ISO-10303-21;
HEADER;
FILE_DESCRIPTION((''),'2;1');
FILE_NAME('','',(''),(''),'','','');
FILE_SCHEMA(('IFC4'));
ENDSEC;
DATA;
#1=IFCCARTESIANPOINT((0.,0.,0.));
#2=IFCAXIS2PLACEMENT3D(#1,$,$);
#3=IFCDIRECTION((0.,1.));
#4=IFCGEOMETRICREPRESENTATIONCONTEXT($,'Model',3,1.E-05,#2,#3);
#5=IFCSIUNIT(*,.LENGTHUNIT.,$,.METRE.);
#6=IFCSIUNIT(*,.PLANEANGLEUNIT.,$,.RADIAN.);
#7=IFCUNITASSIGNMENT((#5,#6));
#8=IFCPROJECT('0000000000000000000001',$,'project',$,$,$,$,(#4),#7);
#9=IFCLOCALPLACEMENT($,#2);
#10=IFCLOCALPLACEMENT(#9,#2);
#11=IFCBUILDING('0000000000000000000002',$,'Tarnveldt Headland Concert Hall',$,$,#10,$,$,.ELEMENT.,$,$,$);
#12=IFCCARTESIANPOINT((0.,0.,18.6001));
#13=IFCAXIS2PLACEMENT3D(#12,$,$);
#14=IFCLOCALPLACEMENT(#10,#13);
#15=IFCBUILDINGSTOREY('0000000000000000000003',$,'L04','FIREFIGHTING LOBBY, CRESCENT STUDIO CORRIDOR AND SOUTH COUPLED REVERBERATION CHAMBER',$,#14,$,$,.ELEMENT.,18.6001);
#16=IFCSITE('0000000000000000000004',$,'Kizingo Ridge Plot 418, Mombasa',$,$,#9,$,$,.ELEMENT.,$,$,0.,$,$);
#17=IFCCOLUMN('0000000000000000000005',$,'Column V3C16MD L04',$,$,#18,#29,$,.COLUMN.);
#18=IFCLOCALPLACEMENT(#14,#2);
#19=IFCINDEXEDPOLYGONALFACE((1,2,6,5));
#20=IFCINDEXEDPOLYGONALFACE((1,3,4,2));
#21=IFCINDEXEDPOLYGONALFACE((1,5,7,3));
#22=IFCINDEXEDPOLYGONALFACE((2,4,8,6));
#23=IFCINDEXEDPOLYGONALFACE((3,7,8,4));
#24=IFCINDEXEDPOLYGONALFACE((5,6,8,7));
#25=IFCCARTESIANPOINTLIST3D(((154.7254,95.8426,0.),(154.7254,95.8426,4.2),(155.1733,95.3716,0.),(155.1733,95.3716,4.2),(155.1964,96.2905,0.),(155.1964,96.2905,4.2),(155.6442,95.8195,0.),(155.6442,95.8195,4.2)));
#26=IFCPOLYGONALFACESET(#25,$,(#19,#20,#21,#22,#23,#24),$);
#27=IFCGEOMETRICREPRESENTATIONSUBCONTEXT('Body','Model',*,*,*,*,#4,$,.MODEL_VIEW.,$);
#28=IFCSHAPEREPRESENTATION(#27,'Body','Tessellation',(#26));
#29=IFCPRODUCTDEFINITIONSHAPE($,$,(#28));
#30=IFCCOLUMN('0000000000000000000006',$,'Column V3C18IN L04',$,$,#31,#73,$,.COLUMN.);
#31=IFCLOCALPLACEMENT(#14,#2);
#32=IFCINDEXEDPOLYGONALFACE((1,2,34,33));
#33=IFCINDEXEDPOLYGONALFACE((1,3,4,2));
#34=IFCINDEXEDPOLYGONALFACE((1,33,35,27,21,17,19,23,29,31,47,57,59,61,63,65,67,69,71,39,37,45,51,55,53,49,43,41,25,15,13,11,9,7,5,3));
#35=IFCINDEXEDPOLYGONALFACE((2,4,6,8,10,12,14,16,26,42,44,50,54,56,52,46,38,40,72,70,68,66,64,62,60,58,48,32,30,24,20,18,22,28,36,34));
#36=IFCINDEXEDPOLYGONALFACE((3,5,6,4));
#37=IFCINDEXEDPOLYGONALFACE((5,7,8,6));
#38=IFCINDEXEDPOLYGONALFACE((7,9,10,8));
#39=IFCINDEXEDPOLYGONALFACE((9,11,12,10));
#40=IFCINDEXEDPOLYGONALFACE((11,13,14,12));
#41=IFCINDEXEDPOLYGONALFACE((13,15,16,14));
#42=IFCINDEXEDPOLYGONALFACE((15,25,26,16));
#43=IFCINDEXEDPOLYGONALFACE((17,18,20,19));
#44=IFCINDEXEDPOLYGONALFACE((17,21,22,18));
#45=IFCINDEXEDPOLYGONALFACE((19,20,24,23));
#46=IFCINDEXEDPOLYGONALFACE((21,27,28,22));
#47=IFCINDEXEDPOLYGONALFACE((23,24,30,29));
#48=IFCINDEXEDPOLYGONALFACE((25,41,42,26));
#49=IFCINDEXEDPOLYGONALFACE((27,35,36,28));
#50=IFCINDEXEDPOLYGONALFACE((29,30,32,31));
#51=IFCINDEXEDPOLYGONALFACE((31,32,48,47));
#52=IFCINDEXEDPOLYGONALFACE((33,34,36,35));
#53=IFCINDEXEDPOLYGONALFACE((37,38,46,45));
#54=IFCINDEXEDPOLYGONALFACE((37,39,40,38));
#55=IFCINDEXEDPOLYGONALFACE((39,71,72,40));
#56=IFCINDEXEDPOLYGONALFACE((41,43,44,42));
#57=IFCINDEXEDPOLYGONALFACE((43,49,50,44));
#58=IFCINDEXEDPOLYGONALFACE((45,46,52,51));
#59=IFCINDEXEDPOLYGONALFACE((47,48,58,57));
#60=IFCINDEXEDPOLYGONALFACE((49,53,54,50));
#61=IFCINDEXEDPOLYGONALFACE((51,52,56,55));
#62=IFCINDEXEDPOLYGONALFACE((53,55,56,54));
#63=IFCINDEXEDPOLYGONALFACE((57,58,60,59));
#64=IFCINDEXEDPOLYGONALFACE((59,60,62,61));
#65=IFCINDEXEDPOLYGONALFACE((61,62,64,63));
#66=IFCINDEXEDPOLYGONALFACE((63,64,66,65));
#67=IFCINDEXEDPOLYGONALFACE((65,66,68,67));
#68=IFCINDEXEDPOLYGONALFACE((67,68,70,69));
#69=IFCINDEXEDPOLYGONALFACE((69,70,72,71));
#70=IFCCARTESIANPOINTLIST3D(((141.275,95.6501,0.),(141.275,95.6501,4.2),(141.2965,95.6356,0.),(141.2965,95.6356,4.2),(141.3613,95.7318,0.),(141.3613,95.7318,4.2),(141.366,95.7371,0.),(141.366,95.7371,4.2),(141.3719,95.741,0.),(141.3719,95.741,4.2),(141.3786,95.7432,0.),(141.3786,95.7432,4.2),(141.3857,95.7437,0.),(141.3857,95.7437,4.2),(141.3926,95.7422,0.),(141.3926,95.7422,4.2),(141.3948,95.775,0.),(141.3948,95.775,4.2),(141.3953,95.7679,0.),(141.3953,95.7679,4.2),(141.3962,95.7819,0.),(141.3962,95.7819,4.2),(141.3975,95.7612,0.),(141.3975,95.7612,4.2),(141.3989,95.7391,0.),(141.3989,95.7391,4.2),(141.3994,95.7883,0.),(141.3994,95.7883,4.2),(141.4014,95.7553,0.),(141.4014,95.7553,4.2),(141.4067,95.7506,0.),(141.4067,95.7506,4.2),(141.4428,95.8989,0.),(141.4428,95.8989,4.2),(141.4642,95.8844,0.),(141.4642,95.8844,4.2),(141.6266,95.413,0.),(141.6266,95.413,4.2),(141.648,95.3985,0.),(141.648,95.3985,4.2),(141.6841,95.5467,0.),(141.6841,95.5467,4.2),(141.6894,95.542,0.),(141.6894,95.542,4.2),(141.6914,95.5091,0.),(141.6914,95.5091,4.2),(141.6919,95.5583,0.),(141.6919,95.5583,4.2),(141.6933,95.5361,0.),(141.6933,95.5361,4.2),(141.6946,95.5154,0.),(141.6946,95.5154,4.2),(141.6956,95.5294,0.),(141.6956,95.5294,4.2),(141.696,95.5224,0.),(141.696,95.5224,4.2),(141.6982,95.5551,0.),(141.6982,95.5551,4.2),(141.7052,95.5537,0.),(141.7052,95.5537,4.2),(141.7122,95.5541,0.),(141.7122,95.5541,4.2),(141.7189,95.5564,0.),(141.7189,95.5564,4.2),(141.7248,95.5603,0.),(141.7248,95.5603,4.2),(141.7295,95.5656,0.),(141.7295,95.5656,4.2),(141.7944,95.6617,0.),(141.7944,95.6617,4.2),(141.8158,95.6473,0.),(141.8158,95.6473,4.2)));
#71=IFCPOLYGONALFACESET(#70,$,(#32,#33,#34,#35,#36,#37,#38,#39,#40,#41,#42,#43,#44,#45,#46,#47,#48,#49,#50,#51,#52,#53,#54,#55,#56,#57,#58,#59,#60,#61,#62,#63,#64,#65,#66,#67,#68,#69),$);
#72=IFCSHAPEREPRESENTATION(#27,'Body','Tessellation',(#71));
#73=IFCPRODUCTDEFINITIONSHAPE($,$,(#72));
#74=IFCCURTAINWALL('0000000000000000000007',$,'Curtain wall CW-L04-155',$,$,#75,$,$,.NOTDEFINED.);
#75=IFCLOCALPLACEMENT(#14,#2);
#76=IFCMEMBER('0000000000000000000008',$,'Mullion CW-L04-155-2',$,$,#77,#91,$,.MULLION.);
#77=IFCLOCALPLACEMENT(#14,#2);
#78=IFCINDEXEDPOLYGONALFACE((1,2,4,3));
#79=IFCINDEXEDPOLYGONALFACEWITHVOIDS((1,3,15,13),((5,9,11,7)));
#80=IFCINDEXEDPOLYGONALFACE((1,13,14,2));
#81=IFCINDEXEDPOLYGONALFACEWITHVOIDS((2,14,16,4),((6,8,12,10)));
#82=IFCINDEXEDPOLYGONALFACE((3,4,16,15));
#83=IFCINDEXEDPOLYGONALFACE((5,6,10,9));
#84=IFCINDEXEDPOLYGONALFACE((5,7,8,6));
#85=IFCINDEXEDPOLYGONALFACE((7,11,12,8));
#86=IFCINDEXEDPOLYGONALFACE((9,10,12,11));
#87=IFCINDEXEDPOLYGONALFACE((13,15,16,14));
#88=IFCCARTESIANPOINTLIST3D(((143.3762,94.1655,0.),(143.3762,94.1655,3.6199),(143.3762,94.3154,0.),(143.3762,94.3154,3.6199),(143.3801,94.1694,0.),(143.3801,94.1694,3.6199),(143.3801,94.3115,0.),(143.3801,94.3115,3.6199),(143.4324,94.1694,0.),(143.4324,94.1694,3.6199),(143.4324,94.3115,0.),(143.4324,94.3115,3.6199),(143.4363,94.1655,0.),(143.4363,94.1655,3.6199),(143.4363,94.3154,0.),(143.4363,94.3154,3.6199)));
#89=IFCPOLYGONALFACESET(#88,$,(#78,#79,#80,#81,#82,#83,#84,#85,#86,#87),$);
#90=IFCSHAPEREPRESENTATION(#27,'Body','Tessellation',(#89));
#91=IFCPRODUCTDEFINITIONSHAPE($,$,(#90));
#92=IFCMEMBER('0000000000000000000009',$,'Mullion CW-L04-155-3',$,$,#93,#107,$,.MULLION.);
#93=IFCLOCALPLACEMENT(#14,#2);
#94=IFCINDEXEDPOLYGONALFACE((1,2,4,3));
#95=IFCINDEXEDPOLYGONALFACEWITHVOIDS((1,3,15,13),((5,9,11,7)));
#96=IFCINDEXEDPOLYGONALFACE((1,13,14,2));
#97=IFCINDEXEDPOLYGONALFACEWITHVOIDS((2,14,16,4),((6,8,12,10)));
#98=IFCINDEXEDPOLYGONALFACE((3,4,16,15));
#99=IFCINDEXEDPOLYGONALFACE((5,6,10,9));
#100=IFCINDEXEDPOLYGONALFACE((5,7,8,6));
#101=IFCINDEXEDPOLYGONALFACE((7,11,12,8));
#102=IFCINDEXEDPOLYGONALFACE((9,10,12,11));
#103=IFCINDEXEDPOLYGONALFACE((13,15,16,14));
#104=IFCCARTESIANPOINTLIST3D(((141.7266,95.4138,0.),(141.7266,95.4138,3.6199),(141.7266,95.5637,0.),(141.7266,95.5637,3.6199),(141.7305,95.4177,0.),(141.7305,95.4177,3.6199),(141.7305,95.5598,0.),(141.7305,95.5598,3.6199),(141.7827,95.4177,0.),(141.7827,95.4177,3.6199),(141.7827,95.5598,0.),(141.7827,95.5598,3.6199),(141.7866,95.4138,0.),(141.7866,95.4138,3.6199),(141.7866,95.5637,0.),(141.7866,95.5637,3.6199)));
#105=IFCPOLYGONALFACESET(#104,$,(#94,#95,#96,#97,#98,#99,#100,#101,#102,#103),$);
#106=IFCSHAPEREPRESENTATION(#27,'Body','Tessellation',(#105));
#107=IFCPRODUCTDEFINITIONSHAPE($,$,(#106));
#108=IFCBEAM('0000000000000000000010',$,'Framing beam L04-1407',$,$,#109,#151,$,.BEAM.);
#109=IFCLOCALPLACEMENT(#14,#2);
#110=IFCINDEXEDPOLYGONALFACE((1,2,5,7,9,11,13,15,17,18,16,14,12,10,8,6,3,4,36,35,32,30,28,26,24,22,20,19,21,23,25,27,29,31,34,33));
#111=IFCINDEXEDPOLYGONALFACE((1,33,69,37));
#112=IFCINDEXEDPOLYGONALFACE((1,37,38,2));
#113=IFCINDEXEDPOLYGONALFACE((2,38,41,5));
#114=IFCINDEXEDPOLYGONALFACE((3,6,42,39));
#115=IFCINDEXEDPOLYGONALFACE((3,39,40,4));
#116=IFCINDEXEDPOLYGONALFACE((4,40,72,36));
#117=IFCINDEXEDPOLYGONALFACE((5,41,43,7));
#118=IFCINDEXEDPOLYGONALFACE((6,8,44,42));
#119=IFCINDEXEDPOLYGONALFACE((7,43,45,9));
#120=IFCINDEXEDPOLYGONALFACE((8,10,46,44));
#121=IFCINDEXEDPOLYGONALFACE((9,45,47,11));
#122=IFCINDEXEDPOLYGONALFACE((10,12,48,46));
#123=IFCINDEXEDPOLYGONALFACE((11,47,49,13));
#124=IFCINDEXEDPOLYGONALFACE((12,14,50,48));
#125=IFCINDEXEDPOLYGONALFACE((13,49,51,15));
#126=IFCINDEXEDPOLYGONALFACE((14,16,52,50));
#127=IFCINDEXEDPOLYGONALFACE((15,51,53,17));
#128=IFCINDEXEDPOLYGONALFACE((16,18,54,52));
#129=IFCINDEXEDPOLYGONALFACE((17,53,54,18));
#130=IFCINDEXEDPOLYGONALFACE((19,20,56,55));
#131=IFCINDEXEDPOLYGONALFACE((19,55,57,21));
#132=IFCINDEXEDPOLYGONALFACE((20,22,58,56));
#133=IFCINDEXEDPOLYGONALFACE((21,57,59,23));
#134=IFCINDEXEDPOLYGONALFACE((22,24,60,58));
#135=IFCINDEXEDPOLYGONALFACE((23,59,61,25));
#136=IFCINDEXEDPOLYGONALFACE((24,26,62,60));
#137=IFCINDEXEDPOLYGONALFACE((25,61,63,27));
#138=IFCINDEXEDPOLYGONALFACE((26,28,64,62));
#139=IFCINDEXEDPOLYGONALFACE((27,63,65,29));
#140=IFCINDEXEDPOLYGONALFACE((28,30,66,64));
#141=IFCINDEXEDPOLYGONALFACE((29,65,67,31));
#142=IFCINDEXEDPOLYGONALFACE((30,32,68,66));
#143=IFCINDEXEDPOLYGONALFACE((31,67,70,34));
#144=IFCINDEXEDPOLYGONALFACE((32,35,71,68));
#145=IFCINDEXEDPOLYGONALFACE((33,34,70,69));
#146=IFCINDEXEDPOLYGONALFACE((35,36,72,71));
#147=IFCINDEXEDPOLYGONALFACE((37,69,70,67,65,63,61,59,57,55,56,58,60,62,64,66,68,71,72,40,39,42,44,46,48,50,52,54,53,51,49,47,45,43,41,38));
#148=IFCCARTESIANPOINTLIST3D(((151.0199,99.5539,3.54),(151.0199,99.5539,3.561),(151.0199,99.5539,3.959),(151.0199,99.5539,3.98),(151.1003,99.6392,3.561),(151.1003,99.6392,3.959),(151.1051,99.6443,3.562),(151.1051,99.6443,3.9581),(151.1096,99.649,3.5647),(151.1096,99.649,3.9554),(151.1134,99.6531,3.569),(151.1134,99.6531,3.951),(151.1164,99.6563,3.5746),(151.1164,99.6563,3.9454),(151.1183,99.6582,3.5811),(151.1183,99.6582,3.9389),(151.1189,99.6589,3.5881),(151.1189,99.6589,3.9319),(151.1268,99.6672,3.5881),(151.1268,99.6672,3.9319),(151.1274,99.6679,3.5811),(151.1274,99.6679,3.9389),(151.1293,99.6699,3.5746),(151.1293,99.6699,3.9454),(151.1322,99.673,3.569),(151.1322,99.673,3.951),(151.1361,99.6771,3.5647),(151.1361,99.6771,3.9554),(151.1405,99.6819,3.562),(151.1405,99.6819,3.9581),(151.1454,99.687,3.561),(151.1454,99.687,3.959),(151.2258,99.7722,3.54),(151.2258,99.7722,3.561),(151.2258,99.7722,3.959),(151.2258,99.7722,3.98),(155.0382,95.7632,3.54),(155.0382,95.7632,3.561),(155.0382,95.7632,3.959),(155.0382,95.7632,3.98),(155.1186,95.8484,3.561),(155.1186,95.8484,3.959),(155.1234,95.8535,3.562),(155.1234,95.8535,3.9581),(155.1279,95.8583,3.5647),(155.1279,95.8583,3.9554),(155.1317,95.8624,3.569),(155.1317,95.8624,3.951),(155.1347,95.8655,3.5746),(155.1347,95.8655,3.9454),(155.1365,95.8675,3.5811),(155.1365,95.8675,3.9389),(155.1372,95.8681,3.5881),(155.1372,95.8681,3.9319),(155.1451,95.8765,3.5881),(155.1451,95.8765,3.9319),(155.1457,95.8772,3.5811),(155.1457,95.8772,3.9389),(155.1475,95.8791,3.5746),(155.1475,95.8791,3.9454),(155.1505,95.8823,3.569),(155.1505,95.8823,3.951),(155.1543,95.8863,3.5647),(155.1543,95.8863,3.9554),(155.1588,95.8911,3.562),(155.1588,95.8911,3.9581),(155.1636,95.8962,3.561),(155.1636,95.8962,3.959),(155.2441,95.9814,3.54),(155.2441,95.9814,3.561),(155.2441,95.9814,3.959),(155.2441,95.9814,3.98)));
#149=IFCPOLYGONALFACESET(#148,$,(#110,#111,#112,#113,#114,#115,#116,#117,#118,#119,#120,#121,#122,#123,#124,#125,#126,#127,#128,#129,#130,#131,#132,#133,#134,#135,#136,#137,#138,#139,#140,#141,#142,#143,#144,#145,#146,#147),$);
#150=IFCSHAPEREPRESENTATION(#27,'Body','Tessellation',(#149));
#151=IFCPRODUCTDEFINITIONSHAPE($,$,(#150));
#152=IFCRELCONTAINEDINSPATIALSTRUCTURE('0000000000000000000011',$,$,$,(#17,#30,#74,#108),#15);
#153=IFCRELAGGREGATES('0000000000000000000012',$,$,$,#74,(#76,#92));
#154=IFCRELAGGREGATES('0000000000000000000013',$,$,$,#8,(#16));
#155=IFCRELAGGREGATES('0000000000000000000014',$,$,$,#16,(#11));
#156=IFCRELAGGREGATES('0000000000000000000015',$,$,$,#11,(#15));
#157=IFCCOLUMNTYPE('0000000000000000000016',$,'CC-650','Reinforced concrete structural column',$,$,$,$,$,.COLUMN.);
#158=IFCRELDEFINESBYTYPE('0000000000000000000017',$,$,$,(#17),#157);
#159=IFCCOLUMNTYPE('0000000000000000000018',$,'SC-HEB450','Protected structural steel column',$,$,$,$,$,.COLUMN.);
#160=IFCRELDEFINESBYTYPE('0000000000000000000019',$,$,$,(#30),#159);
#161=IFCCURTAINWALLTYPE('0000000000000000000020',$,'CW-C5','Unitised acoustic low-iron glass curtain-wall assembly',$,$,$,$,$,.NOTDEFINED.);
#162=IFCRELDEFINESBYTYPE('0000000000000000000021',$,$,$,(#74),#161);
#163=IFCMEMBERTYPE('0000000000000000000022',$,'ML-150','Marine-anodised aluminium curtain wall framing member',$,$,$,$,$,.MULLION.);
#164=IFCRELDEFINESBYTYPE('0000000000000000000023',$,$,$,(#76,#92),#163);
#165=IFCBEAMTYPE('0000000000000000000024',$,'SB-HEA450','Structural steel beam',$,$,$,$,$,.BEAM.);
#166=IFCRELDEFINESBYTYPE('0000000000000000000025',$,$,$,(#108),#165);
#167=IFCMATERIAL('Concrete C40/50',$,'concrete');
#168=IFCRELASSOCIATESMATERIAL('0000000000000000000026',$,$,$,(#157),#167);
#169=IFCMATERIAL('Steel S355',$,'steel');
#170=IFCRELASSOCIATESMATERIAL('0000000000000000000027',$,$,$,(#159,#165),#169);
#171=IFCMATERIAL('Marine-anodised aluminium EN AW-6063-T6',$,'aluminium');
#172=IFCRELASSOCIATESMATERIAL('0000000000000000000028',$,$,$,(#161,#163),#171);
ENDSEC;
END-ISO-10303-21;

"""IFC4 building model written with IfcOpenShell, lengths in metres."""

from ifc_helpers import new_model, si_unit, direction, frame, origin, origin_2d, place, context, subcontext, project, spatial, rectangle, hollow_rectangle, i_section, extrude, material, material_profile, profile_set, type_object, element, aggregate, save


model = new_model("IFC4")

# Units and contexts
model_context = context("Model", 3, precision=1e-05, world=origin(), true_north=direction((0.0, 1.0)))
body_context = subcontext(model_context, "Body", "Model", "MODEL_VIEW")
ifc_project = project(units=[si_unit("LENGTHUNIT", "METRE"), si_unit("PLANEANGLEUNIT", "RADIAN")], contexts=[model_context])

# Site, building, storey
site_placement = place(None, origin())
site = spatial("IfcSite", under=ifc_project, at=site_placement, Name="Kizingo Ridge Plot 418, Mombasa", CompositionType="ELEMENT", RefElevation=0.0)
building_placement = place(site_placement, origin())
building = spatial("IfcBuilding", under=site, at=building_placement, Name="Tarnveldt Headland Concert Hall", CompositionType="ELEMENT")
storey_placement = place(building_placement, frame((0.0, 0.0, 18.6001)))
storey = spatial("IfcBuildingStorey", under=building, at=storey_placement, Name="L04", Description="FIREFIGHTING LOBBY, CRESCENT STUDIO CORRIDOR AND SOUTH COUPLED REVERBERATION CHAMBER", CompositionType="ELEMENT", Elevation=18.6001)

# Columns
ifc_material_1 = material(Name="Concrete C40/50", Category="concrete")
ifc_material_profile_1 = material_profile(ifc_material_1, rectangle(XDim=0.6499, YDim=0.6499, at=origin_2d()), Name="RC 650x650", Category="concrete")
ifc_profile_set_1 = profile_set([ifc_material_profile_1], Name="Concrete C40/50")
column_type_1 = type_object("IfcColumnType", Name="CC-650", Description="Reinforced concrete structural column", PredefinedType="COLUMN", material=ifc_profile_set_1)
column_1_placement = place(storey_placement, frame((155.1848, 95.8311, 0.0), z_axis=(0.0, 0.0, 1.0), x_axis=(0.724653, 0.689114, 0.0)))
element("IfcColumn", 1, at=column_1_placement, inside=storey, type_object=column_type_1, Name="Column V3C16MD L04", PredefinedType="COLUMN", context=body_context, shape_type="SweptSolid", body=[
    extrude(rectangle(XDim=0.6499, YDim=0.6499, at=origin_2d()), origin(), (0.0, 0.0, 1.0), 4.2),
])
ifc_material_2 = material(Name="Steel S355", Category="steel")
ifc_material_profile_2 = material_profile(ifc_material_2, i_section(OverallWidth=0.3, OverallDepth=0.45, WebThickness=0.0139, FlangeThickness=0.0259, FilletRadius=0.0271, at=origin_2d()), Name="HEB450", Category="steel")
ifc_profile_set_2 = profile_set([ifc_material_profile_2], Name="Steel S355")
column_type_2 = type_object("IfcColumnType", Name="SC-HEB450", Description="Protected structural steel column", PredefinedType="COLUMN", material=ifc_profile_set_2)
column_2_placement = place(storey_placement, frame((141.5454, 95.6487, 0.0), z_axis=(0.0, 0.0, 1.0), x_axis=(0.559193, 0.829038, 0.0)))
element("IfcColumn", 2, at=column_2_placement, inside=storey, type_object=column_type_2, Name="Column V3C18IN L04", PredefinedType="COLUMN", context=body_context, shape_type="SweptSolid", body=[
    extrude(i_section(OverallWidth=0.3, OverallDepth=0.45, WebThickness=0.0139, FlangeThickness=0.0259, FilletRadius=0.0271, at=origin_2d()), origin(), (0.0, 0.0, 1.0), 4.2),
])

# Curtain wall, members
ifc_material_3 = material(Name="Marine-anodised aluminium EN AW-6063-T6", Category="aluminium")
curtain_wall_type = type_object("IfcCurtainWallType", Name="CW-C5", Description="Unitised acoustic low-iron glass curtain-wall assembly", PredefinedType="NOTDEFINED", material=ifc_material_3)
curtain_wall_placement = place(storey_placement, origin())
curtain_wall = element("IfcCurtainWall", 3, at=curtain_wall_placement, inside=storey, type_object=curtain_wall_type, Name="Curtain wall CW-L04-155", PredefinedType="NOTDEFINED")
ifc_material_profile_3 = material_profile(ifc_material_3, hollow_rectangle(XDim=0.0601, YDim=0.1499, WallThickness=0.0039, at=origin_2d()), Name="ALU MULLION 60x150x4", Category="aluminium")
ifc_profile_set_3 = profile_set([ifc_material_profile_3], Name="Marine-anodised aluminium EN AW-6063-T6")
member_type_1 = type_object("IfcMemberType", Name="ML-150", Description="Marine-anodised aluminium curtain wall framing member", PredefinedType="MULLION", material=ifc_profile_set_3)
member_1_placement = place(storey_placement, frame((143.4062, 94.2405, 0.0), z_axis=(0.0, 0.0, 1.0), x_axis=(1.0, 0.0, 0.0)))
member_1 = element("IfcMember", 4, at=member_1_placement, type_object=member_type_1, Name="Mullion CW-L04-155-2", PredefinedType="MULLION", context=body_context, shape_type="SweptSolid", body=[
    extrude(hollow_rectangle(XDim=0.0601, YDim=0.1499, WallThickness=0.0039, at=origin_2d()), origin(), (0.0, 0.0, 1.0), 3.6199),
])
member_2_placement = place(storey_placement, frame((141.7566, 95.4888, 0.0), z_axis=(0.0, 0.0, 1.0), x_axis=(1.0, 0.0, 0.0)))
member_2 = element("IfcMember", 5, at=member_2_placement, type_object=member_type_1, Name="Mullion CW-L04-155-3", PredefinedType="MULLION", context=body_context, shape_type="SweptSolid", body=[
    extrude(hollow_rectangle(XDim=0.0601, YDim=0.1499, WallThickness=0.0039, at=origin_2d()), origin(), (0.0, 0.0, 1.0), 3.6199),
])

# Beam
ifc_material_profile_4 = material_profile(ifc_material_2, i_section(OverallWidth=0.3, OverallDepth=0.4399, WebThickness=0.0115, FlangeThickness=0.021, FilletRadius=0.0271, at=origin_2d()), Name="HEA450", Category="steel")
ifc_profile_set_4 = profile_set([ifc_material_profile_4], Name="Steel S355")
beam_type_1 = type_object("IfcBeamType", Name="SB-HEA450", Description="Structural steel beam", PredefinedType="BEAM", material=ifc_profile_set_4)
beam_1_placement = place(storey_placement, frame((155.1411, 95.8723, 3.76), z_axis=(-0.727402, 0.686212, 0.0), x_axis=(-0.686212, -0.727402, 0.0)))
element("IfcBeam", 6, at=beam_1_placement, inside=storey, type_object=beam_type_1, Name="Framing beam L04-1407", PredefinedType="BEAM", context=body_context, shape_type="SweptSolid", body=[
    extrude(i_section(OverallWidth=0.3, OverallDepth=0.4399, WebThickness=0.0115, FlangeThickness=0.021, FilletRadius=0.0271, at=origin_2d()), origin(), (0.0, 0.0, 1.0), 5.5242),
])

aggregate(curtain_wall, [member_1, member_2])

save(model, "model.ifc")
